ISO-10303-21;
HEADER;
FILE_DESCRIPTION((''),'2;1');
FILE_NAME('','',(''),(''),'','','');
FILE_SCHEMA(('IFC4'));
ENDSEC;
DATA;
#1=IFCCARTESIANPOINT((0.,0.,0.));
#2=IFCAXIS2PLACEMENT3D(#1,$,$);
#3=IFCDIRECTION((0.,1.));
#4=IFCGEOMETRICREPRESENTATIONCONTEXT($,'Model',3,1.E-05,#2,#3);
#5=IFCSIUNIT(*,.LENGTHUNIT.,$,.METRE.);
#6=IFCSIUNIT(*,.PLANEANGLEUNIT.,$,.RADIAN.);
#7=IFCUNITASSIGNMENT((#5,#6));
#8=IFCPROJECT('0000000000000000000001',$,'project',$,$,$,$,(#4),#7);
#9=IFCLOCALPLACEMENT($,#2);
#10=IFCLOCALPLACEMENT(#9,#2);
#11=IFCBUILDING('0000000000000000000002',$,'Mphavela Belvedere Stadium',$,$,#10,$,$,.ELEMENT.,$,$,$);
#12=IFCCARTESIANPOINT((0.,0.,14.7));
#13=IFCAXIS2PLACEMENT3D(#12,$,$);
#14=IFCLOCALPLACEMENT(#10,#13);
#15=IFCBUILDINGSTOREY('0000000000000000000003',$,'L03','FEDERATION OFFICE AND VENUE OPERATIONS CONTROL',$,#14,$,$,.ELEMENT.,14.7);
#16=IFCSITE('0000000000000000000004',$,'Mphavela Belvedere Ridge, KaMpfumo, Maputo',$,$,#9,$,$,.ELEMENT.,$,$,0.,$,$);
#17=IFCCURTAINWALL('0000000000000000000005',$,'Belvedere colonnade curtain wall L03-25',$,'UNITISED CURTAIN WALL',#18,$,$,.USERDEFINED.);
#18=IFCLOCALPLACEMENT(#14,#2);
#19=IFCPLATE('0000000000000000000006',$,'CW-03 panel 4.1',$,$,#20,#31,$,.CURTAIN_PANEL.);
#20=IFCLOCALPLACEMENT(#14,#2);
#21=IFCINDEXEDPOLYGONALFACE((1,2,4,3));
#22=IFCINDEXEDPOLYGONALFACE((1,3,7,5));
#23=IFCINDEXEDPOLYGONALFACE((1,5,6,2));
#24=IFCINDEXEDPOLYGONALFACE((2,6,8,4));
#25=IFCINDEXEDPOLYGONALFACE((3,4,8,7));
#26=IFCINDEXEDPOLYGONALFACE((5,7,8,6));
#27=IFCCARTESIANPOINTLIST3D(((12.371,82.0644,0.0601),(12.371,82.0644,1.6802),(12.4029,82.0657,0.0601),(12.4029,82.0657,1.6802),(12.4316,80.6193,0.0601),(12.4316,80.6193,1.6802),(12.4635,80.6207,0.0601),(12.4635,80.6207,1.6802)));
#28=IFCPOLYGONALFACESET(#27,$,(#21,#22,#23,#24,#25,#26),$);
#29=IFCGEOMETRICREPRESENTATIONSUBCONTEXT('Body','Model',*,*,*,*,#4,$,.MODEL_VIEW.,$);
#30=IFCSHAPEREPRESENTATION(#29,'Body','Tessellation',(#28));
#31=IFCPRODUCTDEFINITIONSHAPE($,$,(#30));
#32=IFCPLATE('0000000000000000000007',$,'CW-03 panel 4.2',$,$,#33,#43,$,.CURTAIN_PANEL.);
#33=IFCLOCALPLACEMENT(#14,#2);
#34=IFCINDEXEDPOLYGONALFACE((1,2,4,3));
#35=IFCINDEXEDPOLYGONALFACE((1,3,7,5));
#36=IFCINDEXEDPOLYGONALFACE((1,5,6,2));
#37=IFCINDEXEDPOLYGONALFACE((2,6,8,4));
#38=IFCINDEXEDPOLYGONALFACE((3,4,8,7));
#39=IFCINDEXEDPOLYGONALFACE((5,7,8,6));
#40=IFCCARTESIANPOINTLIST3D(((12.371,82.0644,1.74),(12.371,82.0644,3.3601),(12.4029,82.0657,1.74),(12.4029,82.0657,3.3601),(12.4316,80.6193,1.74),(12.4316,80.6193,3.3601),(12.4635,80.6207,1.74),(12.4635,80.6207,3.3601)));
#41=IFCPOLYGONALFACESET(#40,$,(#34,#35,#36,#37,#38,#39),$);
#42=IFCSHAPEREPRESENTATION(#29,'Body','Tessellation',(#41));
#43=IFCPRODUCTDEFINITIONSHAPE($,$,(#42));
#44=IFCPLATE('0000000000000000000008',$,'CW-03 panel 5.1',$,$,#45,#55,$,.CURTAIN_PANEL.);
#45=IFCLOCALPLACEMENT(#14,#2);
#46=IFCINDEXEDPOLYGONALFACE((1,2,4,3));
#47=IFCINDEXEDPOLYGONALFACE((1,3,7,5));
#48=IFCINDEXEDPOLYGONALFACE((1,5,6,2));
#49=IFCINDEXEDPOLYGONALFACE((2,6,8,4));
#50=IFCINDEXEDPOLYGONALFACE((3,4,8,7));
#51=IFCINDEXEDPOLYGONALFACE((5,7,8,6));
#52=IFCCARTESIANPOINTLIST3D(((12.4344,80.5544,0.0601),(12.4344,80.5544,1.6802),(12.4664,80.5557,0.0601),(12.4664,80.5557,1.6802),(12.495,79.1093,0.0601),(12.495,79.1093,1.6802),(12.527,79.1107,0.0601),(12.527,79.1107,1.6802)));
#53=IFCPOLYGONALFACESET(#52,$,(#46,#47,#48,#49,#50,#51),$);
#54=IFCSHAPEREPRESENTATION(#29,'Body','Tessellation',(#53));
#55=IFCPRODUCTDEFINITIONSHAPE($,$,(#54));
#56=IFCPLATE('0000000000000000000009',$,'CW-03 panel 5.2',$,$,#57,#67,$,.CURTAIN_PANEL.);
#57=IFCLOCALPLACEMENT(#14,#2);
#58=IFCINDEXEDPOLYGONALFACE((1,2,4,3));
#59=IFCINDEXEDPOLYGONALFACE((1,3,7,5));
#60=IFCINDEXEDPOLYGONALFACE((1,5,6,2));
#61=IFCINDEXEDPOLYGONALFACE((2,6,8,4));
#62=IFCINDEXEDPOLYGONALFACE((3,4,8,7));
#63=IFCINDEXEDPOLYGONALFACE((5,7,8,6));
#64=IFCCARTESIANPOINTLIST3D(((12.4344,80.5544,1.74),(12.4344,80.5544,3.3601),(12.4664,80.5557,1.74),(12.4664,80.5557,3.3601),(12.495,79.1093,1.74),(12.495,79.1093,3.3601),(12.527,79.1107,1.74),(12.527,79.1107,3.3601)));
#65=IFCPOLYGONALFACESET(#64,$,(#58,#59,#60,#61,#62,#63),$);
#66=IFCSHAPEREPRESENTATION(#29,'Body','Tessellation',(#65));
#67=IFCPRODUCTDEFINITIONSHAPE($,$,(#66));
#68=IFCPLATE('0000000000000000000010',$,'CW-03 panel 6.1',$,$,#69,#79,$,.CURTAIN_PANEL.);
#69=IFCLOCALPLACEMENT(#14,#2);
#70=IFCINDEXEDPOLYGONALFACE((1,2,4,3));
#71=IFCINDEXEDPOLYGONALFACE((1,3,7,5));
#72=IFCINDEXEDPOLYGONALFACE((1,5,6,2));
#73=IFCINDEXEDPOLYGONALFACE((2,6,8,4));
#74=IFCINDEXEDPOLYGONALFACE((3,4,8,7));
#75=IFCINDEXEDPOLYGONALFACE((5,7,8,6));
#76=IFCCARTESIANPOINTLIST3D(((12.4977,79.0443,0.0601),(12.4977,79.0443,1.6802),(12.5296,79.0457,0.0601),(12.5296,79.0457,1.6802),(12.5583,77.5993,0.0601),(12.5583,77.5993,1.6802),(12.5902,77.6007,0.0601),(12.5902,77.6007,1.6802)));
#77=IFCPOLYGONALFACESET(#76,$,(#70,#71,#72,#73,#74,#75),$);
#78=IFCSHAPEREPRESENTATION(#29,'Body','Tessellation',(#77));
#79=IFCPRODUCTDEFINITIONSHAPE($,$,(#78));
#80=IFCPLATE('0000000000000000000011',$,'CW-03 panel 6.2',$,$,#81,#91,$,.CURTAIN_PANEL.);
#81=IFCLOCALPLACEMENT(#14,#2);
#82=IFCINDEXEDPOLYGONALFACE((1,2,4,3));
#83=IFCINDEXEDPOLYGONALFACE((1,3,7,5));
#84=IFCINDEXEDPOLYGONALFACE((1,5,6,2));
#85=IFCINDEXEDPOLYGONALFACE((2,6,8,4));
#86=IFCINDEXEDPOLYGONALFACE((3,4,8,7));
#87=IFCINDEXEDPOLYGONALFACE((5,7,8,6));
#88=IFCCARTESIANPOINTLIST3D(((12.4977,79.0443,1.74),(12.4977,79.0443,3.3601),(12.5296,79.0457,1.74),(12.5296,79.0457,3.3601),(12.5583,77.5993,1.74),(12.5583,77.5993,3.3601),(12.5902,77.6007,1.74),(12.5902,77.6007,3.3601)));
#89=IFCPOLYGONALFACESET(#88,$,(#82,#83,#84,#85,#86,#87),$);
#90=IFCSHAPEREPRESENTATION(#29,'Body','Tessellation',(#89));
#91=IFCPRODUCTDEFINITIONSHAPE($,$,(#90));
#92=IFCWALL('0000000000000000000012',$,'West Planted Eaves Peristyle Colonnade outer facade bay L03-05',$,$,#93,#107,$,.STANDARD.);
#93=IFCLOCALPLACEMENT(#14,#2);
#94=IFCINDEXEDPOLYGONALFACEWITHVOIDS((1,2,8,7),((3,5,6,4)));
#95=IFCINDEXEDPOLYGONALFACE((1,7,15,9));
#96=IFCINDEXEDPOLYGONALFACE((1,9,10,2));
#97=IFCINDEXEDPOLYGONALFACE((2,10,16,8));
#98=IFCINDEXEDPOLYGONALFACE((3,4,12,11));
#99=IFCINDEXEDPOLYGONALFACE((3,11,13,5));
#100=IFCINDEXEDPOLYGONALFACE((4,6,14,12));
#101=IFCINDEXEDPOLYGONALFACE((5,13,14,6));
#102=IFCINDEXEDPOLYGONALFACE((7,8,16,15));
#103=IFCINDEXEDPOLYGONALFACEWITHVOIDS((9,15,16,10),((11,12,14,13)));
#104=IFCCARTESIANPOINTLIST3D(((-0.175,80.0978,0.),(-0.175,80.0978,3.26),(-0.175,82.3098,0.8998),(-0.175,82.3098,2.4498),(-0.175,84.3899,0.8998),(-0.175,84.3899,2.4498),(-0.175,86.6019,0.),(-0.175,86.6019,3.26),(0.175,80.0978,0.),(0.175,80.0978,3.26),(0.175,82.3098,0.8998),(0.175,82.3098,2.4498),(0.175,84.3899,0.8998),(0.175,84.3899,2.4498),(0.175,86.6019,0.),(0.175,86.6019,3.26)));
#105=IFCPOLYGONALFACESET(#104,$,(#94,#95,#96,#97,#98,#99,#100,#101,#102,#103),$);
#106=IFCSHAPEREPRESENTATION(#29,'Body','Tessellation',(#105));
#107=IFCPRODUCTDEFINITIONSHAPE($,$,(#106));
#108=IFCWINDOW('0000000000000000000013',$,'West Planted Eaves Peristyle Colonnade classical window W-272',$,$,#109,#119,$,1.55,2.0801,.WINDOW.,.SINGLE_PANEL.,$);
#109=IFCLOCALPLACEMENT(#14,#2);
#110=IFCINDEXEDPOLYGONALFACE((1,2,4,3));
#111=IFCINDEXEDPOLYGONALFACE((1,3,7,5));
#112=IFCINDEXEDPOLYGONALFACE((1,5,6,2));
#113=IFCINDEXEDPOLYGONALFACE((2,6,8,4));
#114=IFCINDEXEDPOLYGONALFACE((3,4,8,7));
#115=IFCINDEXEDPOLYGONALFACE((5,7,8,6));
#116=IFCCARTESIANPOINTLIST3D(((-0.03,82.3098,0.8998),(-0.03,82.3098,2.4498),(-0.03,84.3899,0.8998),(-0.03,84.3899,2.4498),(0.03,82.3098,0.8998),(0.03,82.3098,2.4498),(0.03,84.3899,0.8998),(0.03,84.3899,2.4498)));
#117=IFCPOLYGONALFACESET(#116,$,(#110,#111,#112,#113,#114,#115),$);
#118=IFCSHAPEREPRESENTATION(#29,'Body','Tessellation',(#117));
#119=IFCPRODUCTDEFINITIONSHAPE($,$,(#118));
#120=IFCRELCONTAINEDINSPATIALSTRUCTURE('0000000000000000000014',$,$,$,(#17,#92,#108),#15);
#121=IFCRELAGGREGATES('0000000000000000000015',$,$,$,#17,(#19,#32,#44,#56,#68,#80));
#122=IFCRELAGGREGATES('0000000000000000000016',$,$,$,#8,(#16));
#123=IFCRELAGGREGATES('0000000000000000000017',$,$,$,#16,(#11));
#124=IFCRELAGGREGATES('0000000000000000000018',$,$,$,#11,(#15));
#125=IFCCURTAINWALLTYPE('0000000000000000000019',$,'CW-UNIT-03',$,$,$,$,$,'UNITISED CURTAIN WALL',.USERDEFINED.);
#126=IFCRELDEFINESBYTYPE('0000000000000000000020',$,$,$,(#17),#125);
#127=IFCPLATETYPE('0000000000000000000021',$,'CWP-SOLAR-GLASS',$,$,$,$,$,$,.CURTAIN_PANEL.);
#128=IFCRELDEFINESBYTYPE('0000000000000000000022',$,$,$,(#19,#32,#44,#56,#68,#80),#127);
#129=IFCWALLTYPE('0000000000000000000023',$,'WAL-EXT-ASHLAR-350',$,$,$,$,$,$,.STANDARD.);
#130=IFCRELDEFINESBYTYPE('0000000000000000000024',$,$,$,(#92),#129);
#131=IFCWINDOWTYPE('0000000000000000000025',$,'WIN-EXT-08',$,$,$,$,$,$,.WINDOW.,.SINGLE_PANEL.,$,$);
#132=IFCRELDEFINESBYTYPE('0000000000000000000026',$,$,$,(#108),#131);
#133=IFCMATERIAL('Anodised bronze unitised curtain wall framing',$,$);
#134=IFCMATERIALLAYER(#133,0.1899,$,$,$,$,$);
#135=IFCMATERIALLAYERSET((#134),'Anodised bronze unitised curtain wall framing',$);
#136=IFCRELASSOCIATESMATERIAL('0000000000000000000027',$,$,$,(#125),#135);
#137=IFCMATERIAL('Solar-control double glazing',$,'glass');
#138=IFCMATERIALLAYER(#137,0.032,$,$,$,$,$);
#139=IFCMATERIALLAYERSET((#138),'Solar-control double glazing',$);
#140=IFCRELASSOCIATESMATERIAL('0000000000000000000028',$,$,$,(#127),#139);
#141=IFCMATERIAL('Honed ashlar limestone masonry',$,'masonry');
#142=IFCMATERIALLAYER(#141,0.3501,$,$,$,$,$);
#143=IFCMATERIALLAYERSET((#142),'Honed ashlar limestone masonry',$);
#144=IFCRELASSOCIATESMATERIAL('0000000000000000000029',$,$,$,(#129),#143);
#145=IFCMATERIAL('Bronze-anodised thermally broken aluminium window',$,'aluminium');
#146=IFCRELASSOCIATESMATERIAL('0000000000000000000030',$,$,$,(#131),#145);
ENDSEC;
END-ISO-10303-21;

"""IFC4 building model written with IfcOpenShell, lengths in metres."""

from ifc_helpers import new_model, si_unit, direction, frame, frame_2d, origin, origin_2d, place, context, subcontext, project, spatial, rectangle, extrude, material, layer, layer_set, type_object, element, fill, aggregate, save


model = new_model("IFC4")

# Units and contexts
model_context = context("Model", 3, precision=1e-05, world=origin(), true_north=direction((0.0, 1.0)))
body_context = subcontext(model_context, "Body", "Model", "MODEL_VIEW")
ifc_project = project(units=[si_unit("LENGTHUNIT", "METRE"), si_unit("PLANEANGLEUNIT", "RADIAN")], contexts=[model_context])

# Site, building, storey
site_placement = place(None, origin())
site = spatial("IfcSite", under=ifc_project, at=site_placement, Name="Mphavela Belvedere Ridge, KaMpfumo, Maputo", CompositionType="ELEMENT", RefElevation=0.0)
building_placement = place(site_placement, origin())
building = spatial("IfcBuilding", under=site, at=building_placement, Name="Mphavela Belvedere Stadium", CompositionType="ELEMENT")
storey_placement = place(building_placement, frame((0.0, 0.0, 14.7)))
storey = spatial("IfcBuildingStorey", under=building, at=storey_placement, Name="L03", Description="FEDERATION OFFICE AND VENUE OPERATIONS CONTROL", CompositionType="ELEMENT", Elevation=14.7)

# Curtain wall, plates
ifc_material_1 = material(Name="Anodised bronze unitised curtain wall framing")
ifc_layer_1 = layer(ifc_material_1, 0.1899)
ifc_layer_set_1 = layer_set([ifc_layer_1], Name="Anodised bronze unitised curtain wall framing")
curtain_wall_type = type_object("IfcCurtainWallType", Name="CW-UNIT-03", ElementType="UNITISED CURTAIN WALL", PredefinedType="USERDEFINED", material=ifc_layer_set_1)
curtain_wall_placement = place(storey_placement, origin())
curtain_wall = element("IfcCurtainWall", 1, at=curtain_wall_placement, inside=storey, type_object=curtain_wall_type, Name="Belvedere colonnade curtain wall L03-25", ObjectType="UNITISED CURTAIN WALL", PredefinedType="USERDEFINED")
ifc_material_2 = material(Name="Solar-control double glazing", Category="glass")
ifc_layer_2 = layer(ifc_material_2, 0.032)
ifc_layer_set_2 = layer_set([ifc_layer_2], Name="Solar-control double glazing")
plate_type = type_object("IfcPlateType", Name="CWP-SOLAR-GLASS", PredefinedType="CURTAIN_PANEL", material=ifc_layer_set_2)
plate_1_placement = place(storey_placement, frame((12.4172, 81.3425, 0.0601), z_axis=(0.0, 0.0, 1.0), x_axis=(0.041911, -0.999121, 0.0)))
plate_1 = element("IfcPlate", 2, at=plate_1_placement, type_object=plate_type, Name="CW-03 panel 4.1", PredefinedType="CURTAIN_PANEL", context=body_context, shape_type="SweptSolid", body=[
    extrude(rectangle(XDim=1.4463, YDim=0.032, at=origin_2d()), origin(), (0.0, 0.0, 1.0), 1.6201),
])
plate_2_placement = place(storey_placement, frame((12.4172, 81.3425, 1.74), z_axis=(0.0, 0.0, 1.0), x_axis=(0.041911, -0.999121, 0.0)))
plate_2 = element("IfcPlate", 3, at=plate_2_placement, type_object=plate_type, Name="CW-03 panel 4.2", PredefinedType="CURTAIN_PANEL", context=body_context, shape_type="SweptSolid", body=[
    extrude(rectangle(XDim=1.4463, YDim=0.032, at=origin_2d()), origin(), (0.0, 0.0, 1.0), 1.6201),
])
plate_3_placement = place(storey_placement, frame((12.4807, 79.8325, 0.0601), z_axis=(0.0, 0.0, 1.0), x_axis=(0.041911, -0.999121, 0.0)))
plate_3 = element("IfcPlate", 4, at=plate_3_placement, type_object=plate_type, Name="CW-03 panel 5.1", PredefinedType="CURTAIN_PANEL", context=body_context, shape_type="SweptSolid", body=[
    extrude(rectangle(XDim=1.4463, YDim=0.032, at=origin_2d()), origin(), (0.0, 0.0, 1.0), 1.6201),
])
plate_4_placement = place(storey_placement, frame((12.4807, 79.8325, 1.74), z_axis=(0.0, 0.0, 1.0), x_axis=(0.041911, -0.999121, 0.0)))
plate_4 = element("IfcPlate", 5, at=plate_4_placement, type_object=plate_type, Name="CW-03 panel 5.2", PredefinedType="CURTAIN_PANEL", context=body_context, shape_type="SweptSolid", body=[
    extrude(rectangle(XDim=1.4463, YDim=0.032, at=origin_2d()), origin(), (0.0, 0.0, 1.0), 1.6201),
])
plate_5_placement = place(storey_placement, frame((12.5439, 78.3225, 0.0601), z_axis=(0.0, 0.0, 1.0), x_axis=(0.041911, -0.999121, 0.0)))
plate_5 = element("IfcPlate", 6, at=plate_5_placement, type_object=plate_type, Name="CW-03 panel 6.1", PredefinedType="CURTAIN_PANEL", context=body_context, shape_type="SweptSolid", body=[
    extrude(rectangle(XDim=1.4463, YDim=0.032, at=origin_2d()), origin(), (0.0, 0.0, 1.0), 1.6201),
])
plate_6_placement = place(storey_placement, frame((12.5439, 78.3225, 1.74), z_axis=(0.0, 0.0, 1.0), x_axis=(0.041911, -0.999121, 0.0)))
plate_6 = element("IfcPlate", 7, at=plate_6_placement, type_object=plate_type, Name="CW-03 panel 6.2", PredefinedType="CURTAIN_PANEL", context=body_context, shape_type="SweptSolid", body=[
    extrude(rectangle(XDim=1.4463, YDim=0.032, at=origin_2d()), origin(), (0.0, 0.0, 1.0), 1.6201),
])
aggregate(curtain_wall, [plate_1, plate_2, plate_3, plate_4, plate_5, plate_6])

# Wall, opening, window
ifc_material_3 = material(Name="Honed ashlar limestone masonry", Category="masonry")
ifc_layer_3 = layer(ifc_material_3, 0.3501)
ifc_layer_set_3 = layer_set([ifc_layer_3], Name="Honed ashlar limestone masonry")
wall_type = type_object("IfcWallType", Name="WAL-EXT-ASHLAR-350", PredefinedType="STANDARD", material=ifc_layer_set_3)
wall_placement = place(storey_placement, frame((0.0, 80.0979, 0.0), z_axis=(0.0, 0.0, 1.0), x_axis=(0.0, 1.0, 0.0)))
wall = element("IfcWall", 8, at=wall_placement, inside=storey, type_object=wall_type, Name="West Planted Eaves Peristyle Colonnade outer facade bay L03-05", PredefinedType="STANDARD", context=body_context, shape_type="SweptSolid", body=[
    extrude(rectangle(XDim=6.5042, YDim=0.3501, at=frame_2d((3.252, 0.0))), origin(), (0.0, 0.0, 1.0), 3.26),
])
opening_placement = place(wall_placement, frame((2.2119, 0.0, 0.8999)))
opening = element("IfcOpeningElement", 9, at=opening_placement, cuts=wall, PredefinedType="OPENING", context=body_context, shape_type="SweptSolid", body=[
    extrude(rectangle(XDim=2.0801, YDim=1.55, at=frame_2d((1.04, 0.7749))), frame((0.0, 0.1851, 0.0), z_axis=(0.0, -1.0, 0.0), x_axis=(1.0, 0.0, 0.0)), (0.0, 0.0, 1.0), 0.3701),
])
ifc_material_4 = material(Name="Bronze-anodised thermally broken aluminium window", Category="aluminium")
window_type = type_object("IfcWindowType", Name="WIN-EXT-08", PartitioningType="SINGLE_PANEL", PredefinedType="WINDOW", material=ifc_material_4)
window_placement = place(opening_placement, origin())
window = element("IfcWindow", 10, at=window_placement, inside=storey, type_object=window_type, Name="West Planted Eaves Peristyle Colonnade classical window W-272", OverallHeight=1.55, OverallWidth=2.0801, PartitioningType="SINGLE_PANEL", PredefinedType="WINDOW", context=body_context, shape_type="SweptSolid", body=[
    extrude(rectangle(XDim=2.0801, YDim=1.55, at=frame_2d((1.04, 0.7749))), frame((0.0, 0.03, 0.0), z_axis=(0.0, -1.0, 0.0), x_axis=(1.0, 0.0, 0.0)), (0.0, 0.0, 1.0), 0.0601),
])
fill(opening, window)

save(model, "model.ifc")
